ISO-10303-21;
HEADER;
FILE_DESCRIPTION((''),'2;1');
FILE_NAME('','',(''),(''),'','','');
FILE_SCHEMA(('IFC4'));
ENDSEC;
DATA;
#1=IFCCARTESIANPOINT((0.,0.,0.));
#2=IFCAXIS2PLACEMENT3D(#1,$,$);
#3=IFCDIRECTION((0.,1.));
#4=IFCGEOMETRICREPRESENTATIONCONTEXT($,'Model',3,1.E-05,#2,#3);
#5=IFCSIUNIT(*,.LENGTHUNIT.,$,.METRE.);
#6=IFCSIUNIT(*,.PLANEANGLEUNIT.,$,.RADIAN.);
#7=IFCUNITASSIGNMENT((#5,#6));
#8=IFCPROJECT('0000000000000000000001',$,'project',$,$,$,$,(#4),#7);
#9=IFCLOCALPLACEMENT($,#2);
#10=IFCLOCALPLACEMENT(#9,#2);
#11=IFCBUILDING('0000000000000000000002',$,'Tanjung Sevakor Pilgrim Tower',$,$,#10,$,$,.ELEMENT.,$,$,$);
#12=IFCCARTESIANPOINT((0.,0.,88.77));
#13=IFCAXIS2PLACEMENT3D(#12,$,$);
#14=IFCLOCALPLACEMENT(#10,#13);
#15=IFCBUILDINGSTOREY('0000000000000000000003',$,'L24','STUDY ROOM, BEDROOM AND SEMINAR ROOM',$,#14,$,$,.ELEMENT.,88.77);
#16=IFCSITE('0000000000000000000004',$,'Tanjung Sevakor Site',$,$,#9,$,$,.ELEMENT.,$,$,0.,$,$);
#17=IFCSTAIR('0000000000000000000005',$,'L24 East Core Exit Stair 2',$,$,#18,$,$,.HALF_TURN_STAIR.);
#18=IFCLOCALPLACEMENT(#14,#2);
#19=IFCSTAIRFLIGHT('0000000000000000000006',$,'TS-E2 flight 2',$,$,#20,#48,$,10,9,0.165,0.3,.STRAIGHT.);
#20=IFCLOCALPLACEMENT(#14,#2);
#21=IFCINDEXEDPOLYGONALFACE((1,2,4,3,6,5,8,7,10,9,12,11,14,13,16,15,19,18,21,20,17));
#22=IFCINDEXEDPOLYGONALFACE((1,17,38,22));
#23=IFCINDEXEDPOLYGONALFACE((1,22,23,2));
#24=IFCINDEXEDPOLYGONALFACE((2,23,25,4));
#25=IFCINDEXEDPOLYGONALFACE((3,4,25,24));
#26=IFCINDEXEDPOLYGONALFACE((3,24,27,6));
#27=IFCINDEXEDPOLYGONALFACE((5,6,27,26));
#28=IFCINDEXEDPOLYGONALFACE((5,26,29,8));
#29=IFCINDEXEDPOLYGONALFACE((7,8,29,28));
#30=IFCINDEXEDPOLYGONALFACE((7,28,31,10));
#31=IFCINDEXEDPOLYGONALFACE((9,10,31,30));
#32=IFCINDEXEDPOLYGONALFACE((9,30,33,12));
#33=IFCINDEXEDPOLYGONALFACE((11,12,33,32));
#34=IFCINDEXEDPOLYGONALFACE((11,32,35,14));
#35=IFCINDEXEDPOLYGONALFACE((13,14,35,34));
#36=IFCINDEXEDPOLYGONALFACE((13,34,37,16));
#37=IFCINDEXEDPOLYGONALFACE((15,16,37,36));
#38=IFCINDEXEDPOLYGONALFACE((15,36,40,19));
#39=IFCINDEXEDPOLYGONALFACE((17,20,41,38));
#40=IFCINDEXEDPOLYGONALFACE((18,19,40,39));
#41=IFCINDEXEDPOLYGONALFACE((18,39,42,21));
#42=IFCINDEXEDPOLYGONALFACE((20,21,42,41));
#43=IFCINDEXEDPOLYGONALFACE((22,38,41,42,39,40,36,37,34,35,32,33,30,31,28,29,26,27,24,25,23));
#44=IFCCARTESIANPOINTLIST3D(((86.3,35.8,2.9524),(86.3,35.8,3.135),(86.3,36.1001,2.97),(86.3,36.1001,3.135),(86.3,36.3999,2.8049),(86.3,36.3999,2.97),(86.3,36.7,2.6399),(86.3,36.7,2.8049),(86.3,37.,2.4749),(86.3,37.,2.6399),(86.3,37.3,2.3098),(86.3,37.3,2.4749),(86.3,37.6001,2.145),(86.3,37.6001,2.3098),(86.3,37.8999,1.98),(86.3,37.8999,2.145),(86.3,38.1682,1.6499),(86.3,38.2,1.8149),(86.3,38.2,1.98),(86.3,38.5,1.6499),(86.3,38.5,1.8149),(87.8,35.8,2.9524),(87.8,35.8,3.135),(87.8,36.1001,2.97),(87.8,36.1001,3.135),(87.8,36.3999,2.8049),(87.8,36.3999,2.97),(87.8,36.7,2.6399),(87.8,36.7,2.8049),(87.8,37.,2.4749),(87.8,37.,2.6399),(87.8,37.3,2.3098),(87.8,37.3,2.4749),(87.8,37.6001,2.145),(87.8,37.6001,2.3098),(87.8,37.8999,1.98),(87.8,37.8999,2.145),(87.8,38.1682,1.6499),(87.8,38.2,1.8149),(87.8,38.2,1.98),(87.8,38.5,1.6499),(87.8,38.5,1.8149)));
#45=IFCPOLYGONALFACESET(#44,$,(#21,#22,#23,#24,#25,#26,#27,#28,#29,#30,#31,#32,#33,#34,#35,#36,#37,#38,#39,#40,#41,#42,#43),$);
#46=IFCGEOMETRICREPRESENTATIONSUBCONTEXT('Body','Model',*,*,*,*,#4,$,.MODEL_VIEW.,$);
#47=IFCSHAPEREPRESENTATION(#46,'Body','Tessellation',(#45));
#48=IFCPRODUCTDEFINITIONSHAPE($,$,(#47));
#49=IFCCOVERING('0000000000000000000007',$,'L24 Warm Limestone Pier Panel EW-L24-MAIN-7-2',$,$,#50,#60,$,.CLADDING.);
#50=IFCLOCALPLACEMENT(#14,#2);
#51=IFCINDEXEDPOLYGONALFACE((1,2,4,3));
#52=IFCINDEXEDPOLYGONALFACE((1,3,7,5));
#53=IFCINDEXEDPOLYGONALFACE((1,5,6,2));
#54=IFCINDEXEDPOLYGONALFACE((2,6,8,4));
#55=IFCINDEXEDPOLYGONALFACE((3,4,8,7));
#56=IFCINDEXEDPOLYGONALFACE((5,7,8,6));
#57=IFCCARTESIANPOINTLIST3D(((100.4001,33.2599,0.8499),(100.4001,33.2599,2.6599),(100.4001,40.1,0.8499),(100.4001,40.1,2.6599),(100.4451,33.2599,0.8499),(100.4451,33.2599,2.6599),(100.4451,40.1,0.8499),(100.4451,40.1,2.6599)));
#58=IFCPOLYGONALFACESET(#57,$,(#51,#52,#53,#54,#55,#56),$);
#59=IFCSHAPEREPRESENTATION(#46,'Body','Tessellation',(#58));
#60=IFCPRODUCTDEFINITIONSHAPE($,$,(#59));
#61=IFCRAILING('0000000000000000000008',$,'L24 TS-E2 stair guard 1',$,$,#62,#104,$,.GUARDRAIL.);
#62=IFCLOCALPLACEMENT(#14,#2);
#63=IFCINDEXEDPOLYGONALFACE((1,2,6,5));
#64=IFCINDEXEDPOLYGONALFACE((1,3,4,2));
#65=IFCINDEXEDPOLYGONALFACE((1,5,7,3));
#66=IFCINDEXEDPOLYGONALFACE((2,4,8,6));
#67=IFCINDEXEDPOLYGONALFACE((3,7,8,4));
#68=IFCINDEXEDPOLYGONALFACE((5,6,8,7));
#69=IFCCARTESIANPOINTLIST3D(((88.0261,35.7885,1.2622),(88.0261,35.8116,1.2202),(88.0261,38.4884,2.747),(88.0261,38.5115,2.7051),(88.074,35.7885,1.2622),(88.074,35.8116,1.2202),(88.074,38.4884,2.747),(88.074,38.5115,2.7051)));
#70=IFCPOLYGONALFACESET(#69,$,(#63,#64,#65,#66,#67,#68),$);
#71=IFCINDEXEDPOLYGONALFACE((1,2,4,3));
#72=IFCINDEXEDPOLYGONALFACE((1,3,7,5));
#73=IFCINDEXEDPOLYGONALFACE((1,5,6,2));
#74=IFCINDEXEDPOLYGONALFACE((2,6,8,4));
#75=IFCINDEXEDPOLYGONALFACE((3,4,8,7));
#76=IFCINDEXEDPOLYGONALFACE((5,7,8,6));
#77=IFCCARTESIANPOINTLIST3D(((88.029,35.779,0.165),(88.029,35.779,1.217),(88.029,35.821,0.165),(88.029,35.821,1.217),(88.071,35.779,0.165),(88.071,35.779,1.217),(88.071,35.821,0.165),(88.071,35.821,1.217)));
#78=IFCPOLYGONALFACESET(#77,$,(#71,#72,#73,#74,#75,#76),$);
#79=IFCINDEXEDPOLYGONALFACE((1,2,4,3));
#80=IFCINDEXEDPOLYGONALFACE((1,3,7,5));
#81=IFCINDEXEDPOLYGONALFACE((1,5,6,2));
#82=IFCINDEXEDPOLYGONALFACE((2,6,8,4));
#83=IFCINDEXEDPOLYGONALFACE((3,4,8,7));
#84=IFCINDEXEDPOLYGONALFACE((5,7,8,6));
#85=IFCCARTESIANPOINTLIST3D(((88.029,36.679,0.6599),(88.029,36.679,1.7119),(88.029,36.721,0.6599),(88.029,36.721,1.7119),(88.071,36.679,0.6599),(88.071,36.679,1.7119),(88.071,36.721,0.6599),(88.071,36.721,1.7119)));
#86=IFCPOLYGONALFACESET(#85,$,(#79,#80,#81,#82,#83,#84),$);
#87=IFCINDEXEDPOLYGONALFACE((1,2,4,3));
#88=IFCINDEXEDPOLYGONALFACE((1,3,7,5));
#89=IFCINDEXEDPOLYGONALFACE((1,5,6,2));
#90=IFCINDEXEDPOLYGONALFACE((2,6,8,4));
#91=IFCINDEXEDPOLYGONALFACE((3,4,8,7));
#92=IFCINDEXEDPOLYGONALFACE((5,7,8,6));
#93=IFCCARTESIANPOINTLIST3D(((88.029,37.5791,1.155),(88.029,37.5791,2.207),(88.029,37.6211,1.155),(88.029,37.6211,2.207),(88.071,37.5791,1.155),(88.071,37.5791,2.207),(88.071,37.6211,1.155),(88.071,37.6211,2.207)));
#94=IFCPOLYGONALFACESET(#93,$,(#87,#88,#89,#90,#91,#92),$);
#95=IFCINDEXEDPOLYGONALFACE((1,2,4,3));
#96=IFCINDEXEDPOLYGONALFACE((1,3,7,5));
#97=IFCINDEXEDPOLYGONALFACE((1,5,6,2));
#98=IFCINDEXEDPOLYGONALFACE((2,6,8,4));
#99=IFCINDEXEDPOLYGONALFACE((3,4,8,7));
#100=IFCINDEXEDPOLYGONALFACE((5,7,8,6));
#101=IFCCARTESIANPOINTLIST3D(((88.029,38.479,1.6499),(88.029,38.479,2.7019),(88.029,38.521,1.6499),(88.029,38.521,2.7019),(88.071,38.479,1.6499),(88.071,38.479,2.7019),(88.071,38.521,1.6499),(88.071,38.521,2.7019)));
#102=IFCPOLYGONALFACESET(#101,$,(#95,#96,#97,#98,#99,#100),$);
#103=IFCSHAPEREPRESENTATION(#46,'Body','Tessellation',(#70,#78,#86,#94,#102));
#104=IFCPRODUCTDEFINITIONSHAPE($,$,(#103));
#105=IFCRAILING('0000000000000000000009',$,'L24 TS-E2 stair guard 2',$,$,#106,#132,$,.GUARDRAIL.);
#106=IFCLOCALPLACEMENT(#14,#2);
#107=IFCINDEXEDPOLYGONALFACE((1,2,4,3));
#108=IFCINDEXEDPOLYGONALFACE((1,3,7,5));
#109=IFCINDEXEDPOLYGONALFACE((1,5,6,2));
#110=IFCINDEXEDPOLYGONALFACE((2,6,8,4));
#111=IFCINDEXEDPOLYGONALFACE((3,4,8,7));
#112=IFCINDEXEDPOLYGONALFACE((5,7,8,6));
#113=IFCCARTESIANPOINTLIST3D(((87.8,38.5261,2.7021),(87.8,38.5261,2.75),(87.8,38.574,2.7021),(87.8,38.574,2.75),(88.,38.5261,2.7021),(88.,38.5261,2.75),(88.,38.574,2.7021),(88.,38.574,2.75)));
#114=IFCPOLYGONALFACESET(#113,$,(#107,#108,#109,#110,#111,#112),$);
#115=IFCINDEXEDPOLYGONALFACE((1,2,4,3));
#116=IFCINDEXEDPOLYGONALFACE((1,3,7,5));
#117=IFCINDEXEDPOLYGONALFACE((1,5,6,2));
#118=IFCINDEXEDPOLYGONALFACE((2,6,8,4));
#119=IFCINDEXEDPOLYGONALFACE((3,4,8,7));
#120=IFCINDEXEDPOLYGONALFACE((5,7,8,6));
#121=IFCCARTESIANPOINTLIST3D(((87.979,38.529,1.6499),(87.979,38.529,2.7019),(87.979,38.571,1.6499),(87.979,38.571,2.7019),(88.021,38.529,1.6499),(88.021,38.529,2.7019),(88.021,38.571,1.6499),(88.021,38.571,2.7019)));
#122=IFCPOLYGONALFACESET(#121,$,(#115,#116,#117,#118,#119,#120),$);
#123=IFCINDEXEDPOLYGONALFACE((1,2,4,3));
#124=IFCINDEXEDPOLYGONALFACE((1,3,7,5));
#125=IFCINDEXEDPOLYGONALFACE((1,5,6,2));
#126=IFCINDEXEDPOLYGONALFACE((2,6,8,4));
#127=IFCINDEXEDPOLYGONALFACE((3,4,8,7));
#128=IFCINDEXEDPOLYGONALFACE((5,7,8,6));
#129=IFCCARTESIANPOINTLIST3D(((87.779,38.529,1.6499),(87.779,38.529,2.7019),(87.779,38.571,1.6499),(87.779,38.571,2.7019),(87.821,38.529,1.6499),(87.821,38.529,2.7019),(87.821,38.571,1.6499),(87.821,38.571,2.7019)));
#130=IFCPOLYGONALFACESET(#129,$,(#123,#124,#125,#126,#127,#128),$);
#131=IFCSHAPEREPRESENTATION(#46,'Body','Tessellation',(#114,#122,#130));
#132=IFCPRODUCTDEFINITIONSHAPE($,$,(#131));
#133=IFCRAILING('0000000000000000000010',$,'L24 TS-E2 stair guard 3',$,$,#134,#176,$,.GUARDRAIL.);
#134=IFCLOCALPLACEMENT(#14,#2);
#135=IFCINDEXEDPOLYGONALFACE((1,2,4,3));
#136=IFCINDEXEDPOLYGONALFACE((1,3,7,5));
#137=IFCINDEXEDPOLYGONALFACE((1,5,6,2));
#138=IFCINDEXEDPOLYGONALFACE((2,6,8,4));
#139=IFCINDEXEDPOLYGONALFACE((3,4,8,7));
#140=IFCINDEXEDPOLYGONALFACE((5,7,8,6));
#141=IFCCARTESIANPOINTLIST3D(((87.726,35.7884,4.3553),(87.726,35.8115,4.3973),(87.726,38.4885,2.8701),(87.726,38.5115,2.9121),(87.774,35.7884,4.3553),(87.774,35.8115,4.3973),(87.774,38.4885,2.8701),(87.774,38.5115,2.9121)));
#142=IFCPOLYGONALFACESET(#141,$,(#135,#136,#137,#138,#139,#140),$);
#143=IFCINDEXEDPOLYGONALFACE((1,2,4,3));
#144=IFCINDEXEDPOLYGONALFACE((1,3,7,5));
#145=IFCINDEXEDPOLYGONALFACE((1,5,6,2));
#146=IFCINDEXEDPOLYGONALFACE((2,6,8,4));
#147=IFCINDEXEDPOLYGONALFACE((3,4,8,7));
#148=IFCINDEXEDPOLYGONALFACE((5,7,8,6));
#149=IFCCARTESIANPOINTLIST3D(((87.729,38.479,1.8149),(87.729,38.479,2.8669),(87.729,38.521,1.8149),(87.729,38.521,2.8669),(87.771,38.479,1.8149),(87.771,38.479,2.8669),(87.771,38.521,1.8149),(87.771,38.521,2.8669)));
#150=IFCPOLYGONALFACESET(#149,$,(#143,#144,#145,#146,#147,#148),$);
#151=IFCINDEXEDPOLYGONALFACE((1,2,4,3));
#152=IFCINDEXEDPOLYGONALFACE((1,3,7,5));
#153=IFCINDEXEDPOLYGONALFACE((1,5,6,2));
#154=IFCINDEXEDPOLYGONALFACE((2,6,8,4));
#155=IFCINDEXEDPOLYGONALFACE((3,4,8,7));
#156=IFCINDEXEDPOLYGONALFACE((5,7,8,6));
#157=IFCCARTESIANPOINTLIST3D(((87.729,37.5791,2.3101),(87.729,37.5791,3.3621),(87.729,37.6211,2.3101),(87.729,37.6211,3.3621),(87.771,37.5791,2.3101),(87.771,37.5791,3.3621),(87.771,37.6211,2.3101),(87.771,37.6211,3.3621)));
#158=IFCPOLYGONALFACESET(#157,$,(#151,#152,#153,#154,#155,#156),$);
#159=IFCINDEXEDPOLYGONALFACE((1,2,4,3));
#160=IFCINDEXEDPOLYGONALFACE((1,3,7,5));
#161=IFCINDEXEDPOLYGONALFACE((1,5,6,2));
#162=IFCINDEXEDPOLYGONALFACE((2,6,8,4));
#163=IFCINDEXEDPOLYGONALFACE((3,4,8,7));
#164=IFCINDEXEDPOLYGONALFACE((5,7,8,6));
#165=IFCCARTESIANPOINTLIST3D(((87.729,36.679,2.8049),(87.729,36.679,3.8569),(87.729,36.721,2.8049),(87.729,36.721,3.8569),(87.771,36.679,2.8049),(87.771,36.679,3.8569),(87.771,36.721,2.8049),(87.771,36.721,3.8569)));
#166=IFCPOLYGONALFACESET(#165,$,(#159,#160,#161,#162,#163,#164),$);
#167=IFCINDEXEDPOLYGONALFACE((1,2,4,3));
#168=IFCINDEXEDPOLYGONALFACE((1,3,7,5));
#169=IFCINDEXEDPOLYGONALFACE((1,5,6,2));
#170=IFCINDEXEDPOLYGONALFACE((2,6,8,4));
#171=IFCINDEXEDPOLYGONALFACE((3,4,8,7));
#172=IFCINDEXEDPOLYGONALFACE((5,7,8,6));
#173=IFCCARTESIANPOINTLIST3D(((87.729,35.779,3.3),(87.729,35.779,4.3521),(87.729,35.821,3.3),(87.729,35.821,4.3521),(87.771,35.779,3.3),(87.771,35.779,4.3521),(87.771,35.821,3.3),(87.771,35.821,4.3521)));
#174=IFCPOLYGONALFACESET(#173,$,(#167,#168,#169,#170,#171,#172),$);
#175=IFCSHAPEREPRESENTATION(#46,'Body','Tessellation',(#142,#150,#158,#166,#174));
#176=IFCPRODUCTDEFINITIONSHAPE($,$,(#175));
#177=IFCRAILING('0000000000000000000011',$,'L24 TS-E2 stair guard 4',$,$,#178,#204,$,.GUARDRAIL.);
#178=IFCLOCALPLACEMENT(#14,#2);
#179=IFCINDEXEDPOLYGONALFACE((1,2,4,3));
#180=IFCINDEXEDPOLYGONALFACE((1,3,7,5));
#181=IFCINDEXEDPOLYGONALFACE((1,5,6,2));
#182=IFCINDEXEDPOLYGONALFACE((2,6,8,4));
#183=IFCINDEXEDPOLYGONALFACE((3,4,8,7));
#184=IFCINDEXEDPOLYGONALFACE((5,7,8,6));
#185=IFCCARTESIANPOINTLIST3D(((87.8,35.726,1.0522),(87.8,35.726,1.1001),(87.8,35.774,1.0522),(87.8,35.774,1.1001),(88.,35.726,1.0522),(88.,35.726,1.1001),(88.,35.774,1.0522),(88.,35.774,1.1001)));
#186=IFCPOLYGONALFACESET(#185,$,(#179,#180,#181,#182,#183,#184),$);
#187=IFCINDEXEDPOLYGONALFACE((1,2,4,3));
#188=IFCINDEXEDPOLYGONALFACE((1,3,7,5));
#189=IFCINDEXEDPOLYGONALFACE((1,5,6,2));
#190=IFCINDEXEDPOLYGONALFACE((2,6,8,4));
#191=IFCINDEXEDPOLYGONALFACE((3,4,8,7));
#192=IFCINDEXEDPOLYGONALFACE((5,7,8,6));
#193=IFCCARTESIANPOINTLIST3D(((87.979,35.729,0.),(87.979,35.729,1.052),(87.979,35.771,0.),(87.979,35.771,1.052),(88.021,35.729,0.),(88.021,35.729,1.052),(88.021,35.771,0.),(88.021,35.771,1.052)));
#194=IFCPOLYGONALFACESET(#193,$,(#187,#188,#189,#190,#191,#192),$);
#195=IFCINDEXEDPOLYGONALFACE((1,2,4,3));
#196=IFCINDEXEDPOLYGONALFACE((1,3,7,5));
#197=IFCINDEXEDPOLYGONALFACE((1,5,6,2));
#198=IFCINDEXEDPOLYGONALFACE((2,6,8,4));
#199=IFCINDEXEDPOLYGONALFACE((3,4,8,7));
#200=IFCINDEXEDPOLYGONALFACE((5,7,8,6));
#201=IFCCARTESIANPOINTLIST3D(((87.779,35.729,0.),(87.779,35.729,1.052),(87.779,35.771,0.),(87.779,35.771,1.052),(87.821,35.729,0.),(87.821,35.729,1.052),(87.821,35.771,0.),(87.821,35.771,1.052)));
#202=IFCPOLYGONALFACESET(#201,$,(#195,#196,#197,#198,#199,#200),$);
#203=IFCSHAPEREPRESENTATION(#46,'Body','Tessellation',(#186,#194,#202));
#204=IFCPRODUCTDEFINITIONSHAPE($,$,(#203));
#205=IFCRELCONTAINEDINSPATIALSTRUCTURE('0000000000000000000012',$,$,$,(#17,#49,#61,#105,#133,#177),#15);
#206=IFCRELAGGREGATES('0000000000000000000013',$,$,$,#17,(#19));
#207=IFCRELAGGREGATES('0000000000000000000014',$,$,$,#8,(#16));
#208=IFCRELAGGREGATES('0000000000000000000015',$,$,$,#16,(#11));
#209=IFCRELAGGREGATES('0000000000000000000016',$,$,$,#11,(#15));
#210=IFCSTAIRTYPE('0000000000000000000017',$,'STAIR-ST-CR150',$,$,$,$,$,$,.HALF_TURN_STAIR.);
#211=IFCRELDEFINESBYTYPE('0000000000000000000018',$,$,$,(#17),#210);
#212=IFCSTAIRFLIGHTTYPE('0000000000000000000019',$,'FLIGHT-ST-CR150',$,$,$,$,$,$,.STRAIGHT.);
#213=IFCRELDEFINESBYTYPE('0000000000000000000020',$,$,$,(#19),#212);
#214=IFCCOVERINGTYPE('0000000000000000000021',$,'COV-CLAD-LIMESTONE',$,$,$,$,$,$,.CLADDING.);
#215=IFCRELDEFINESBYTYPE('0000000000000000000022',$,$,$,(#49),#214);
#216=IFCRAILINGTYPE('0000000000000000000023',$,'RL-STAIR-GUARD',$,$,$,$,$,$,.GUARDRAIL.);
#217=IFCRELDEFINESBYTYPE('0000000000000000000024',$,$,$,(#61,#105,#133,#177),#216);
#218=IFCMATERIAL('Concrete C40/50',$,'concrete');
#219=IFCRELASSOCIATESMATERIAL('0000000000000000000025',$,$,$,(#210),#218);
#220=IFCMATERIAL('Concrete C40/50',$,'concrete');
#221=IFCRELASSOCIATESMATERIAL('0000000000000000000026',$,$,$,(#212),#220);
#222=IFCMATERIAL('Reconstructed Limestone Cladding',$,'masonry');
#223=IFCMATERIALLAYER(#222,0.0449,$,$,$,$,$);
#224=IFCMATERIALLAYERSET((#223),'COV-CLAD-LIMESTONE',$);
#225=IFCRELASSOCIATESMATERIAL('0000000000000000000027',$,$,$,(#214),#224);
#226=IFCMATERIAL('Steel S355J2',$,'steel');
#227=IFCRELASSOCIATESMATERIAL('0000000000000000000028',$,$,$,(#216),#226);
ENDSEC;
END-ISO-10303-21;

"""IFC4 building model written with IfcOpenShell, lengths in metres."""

from ifc_helpers import new_model, si_unit, direction, frame, origin, origin_2d, place, context, subcontext, project, spatial, polyline, rectangle, outline, extrude, material, layer, layer_set, type_object, element, aggregate, save


model = new_model("IFC4")

# Units and contexts
model_context = context("Model", 3, precision=1e-05, world=origin(), true_north=direction((0.0, 1.0)))
body_context = subcontext(model_context, "Body", "Model", "MODEL_VIEW")
ifc_project = project(units=[si_unit("LENGTHUNIT", "METRE"), si_unit("PLANEANGLEUNIT", "RADIAN")], contexts=[model_context])

# Site, building, storey
site_placement = place(None, origin())
site = spatial("IfcSite", under=ifc_project, at=site_placement, Name="Tanjung Sevakor Site", CompositionType="ELEMENT", RefElevation=0.0)
building_placement = place(site_placement, origin())
building = spatial("IfcBuilding", under=site, at=building_placement, Name="Tanjung Sevakor Pilgrim Tower", CompositionType="ELEMENT")
storey_placement = place(building_placement, frame((0.0, 0.0, 88.77)))
storey = spatial("IfcBuildingStorey", under=building, at=storey_placement, Name="L24", Description="STUDY ROOM, BEDROOM AND SEMINAR ROOM", CompositionType="ELEMENT", Elevation=88.77)

# Stair, stair flight
ifc_material_1 = material(Name="Concrete C40/50", Category="concrete")
stair_type = type_object("IfcStairType", Name="STAIR-ST-CR150", PredefinedType="HALF_TURN_STAIR", material=ifc_material_1)
stair_placement = place(storey_placement, origin())
stair = element("IfcStair", 1, at=stair_placement, inside=storey, type_object=stair_type, Name="L24 East Core Exit Stair 2", PredefinedType="HALF_TURN_STAIR")
ifc_material_2 = material(Name="Concrete C40/50", Category="concrete")
stair_flight_type = type_object("IfcStairFlightType", Name="FLIGHT-ST-CR150", PredefinedType="STRAIGHT", material=ifc_material_2)
stair_flight_1_placement = place(storey_placement, frame((87.05, 38.5, 1.6499), z_axis=(0.0, 0.0, 1.0), x_axis=(0.0, -1.0, 0.0)))
stair_flight_1 = element("IfcStairFlight", 2, at=stair_flight_1_placement, type_object=stair_flight_type, Name="TS-E2 flight 2", NumberOfRisers=10, NumberOfTreads=9, PredefinedType="STRAIGHT", RiserHeight=0.165, TreadLength=0.3, context=body_context, shape_type="SweptSolid", body=[
    extrude(outline(polyline([(0.0, 0.0), (0.0, 0.165), (0.3, 0.165), (0.3, 0.3301), (0.6001, 0.3301), (0.6001, 0.4951), (0.8999, 0.4951), (0.8999, 0.6599), (1.2, 0.6599), (1.2, 0.825), (1.5, 0.825), (1.5, 0.99), (1.8, 0.99), (1.8, 1.155), (2.1001, 1.155), (2.1001, 1.3201), (2.3999, 1.3201), (2.3999, 1.4851), (2.7, 1.4851), (2.7, 1.6499), (2.7, 1.3025), (0.3318, 0.0), (0.0, 0.0)])), frame((0.0, 0.75, 0.0), z_axis=(0.0, -1.0, 0.0), x_axis=(1.0, 0.0, 0.0)), (0.0, 0.0, 1.0), 1.5),
])
aggregate(stair, [stair_flight_1])

# Covering
ifc_material_3 = material(Name="Reconstructed Limestone Cladding", Category="masonry")
ifc_layer_1 = layer(ifc_material_3, 0.0449)
ifc_layer_set_1 = layer_set([ifc_layer_1], Name="COV-CLAD-LIMESTONE")
covering_type = type_object("IfcCoveringType", Name="COV-CLAD-LIMESTONE", PredefinedType="CLADDING", material=ifc_layer_set_1)
covering_placement = place(storey_placement, frame((100.4226, 36.6799, 0.8499), z_axis=(0.0, 0.0, 1.0), x_axis=(0.0, 1.0, 0.0)))
element("IfcCovering", 3, at=covering_placement, inside=storey, type_object=covering_type, Name="L24 Warm Limestone Pier Panel EW-L24-MAIN-7-2", PredefinedType="CLADDING", context=body_context, shape_type="SweptSolid", body=[
    extrude(rectangle(XDim=6.8401, YDim=0.0449, at=origin_2d()), origin(), (0.0, 0.0, 1.0), 1.8101),
])

# Railings
ifc_material_4 = material(Name="Steel S355J2", Category="steel")
railing_type_1 = type_object("IfcRailingType", Name="RL-STAIR-GUARD", PredefinedType="GUARDRAIL", material=ifc_material_4)
railing_1_placement = place(storey_placement, frame((88.05, 35.8, 0.165)))
element("IfcRailing", 4, at=railing_1_placement, inside=storey, type_object=railing_type_1, Name="L24 TS-E2 stair guard 1", PredefinedType="GUARDRAIL", context=body_context, shape_type="SweptSolid", body=[
    extrude(rectangle(XDim=0.0479, YDim=0.0479), frame((0.0, 0.0, 1.0762), z_axis=(0.0, 0.876231, 0.481891), x_axis=(-1.0, 0.0, 0.0)), (0.0, 0.0, 1.0), 3.0813),
    extrude(rectangle(XDim=0.042, YDim=0.042), origin(), (0.0, 0.0, 1.0), 1.052),
    extrude(rectangle(XDim=0.042, YDim=0.042), frame((0.0, 0.8999, 0.4949)), (0.0, 0.0, 1.0), 1.052),
    extrude(rectangle(XDim=0.042, YDim=0.042), frame((0.0, 1.8, 0.99)), (0.0, 0.0, 1.0), 1.052),
    extrude(rectangle(XDim=0.042, YDim=0.042), frame((0.0, 2.7, 1.4849)), (0.0, 0.0, 1.0), 1.052),
])
railing_2_placement = place(storey_placement, frame((88.0, 38.55, 1.6499)))
element("IfcRailing", 5, at=railing_2_placement, inside=storey, type_object=railing_type_1, Name="L24 TS-E2 stair guard 2", PredefinedType="GUARDRAIL", context=body_context, shape_type="SweptSolid", body=[
    extrude(rectangle(XDim=0.0479, YDim=0.0479), frame((0.0, 0.0, 1.0762), z_axis=(-1.0, 0.0, 0.0), x_axis=(0.0, -1.0, 0.0)), (0.0, 0.0, 1.0), 0.2),
    extrude(rectangle(XDim=0.042, YDim=0.042), origin(), (0.0, 0.0, 1.0), 1.052),
    extrude(rectangle(XDim=0.042, YDim=0.042), frame((-0.2, 0.0, 0.0)), (0.0, 0.0, 1.0), 1.052),
])
railing_3_placement = place(storey_placement, frame((87.75, 38.5, 1.8149)))
element("IfcRailing", 6, at=railing_3_placement, inside=storey, type_object=railing_type_1, Name="L24 TS-E2 stair guard 3", PredefinedType="GUARDRAIL", context=body_context, shape_type="SweptSolid", body=[
    extrude(rectangle(XDim=0.0479, YDim=0.0479), frame((0.0, 0.0, 1.0762), z_axis=(0.0, -0.876198, 0.481952), x_axis=(1.0, 0.0, 0.0)), (0.0, 0.0, 1.0), 3.0815),
    extrude(rectangle(XDim=0.042, YDim=0.042), origin(), (0.0, 0.0, 1.0), 1.052),
    extrude(rectangle(XDim=0.042, YDim=0.042), frame((0.0, -0.8999, 0.4951)), (0.0, 0.0, 1.0), 1.052),
    extrude(rectangle(XDim=0.042, YDim=0.042), frame((0.0, -1.8, 0.99)), (0.0, 0.0, 1.0), 1.052),
    extrude(rectangle(XDim=0.042, YDim=0.042), frame((0.0, -2.7, 1.4851)), (0.0, 0.0, 1.0), 1.052),
])
railing_4_placement = place(storey_placement, frame((88.0, 35.75, 0.0)))
element("IfcRailing", 7, at=railing_4_placement, inside=storey, type_object=railing_type_1, Name="L24 TS-E2 stair guard 4", PredefinedType="GUARDRAIL", context=body_context, shape_type="SweptSolid", body=[
    extrude(rectangle(XDim=0.0479, YDim=0.0479), frame((0.0, 0.0, 1.0762), z_axis=(-1.0, 0.0, 0.0), x_axis=(0.0, -1.0, 0.0)), (0.0, 0.0, 1.0), 0.2),
    extrude(rectangle(XDim=0.042, YDim=0.042), origin(), (0.0, 0.0, 1.0), 1.052),
    extrude(rectangle(XDim=0.042, YDim=0.042), frame((-0.2, 0.0, 0.0)), (0.0, 0.0, 1.0), 1.052),
])

save(model, "model.ifc")
